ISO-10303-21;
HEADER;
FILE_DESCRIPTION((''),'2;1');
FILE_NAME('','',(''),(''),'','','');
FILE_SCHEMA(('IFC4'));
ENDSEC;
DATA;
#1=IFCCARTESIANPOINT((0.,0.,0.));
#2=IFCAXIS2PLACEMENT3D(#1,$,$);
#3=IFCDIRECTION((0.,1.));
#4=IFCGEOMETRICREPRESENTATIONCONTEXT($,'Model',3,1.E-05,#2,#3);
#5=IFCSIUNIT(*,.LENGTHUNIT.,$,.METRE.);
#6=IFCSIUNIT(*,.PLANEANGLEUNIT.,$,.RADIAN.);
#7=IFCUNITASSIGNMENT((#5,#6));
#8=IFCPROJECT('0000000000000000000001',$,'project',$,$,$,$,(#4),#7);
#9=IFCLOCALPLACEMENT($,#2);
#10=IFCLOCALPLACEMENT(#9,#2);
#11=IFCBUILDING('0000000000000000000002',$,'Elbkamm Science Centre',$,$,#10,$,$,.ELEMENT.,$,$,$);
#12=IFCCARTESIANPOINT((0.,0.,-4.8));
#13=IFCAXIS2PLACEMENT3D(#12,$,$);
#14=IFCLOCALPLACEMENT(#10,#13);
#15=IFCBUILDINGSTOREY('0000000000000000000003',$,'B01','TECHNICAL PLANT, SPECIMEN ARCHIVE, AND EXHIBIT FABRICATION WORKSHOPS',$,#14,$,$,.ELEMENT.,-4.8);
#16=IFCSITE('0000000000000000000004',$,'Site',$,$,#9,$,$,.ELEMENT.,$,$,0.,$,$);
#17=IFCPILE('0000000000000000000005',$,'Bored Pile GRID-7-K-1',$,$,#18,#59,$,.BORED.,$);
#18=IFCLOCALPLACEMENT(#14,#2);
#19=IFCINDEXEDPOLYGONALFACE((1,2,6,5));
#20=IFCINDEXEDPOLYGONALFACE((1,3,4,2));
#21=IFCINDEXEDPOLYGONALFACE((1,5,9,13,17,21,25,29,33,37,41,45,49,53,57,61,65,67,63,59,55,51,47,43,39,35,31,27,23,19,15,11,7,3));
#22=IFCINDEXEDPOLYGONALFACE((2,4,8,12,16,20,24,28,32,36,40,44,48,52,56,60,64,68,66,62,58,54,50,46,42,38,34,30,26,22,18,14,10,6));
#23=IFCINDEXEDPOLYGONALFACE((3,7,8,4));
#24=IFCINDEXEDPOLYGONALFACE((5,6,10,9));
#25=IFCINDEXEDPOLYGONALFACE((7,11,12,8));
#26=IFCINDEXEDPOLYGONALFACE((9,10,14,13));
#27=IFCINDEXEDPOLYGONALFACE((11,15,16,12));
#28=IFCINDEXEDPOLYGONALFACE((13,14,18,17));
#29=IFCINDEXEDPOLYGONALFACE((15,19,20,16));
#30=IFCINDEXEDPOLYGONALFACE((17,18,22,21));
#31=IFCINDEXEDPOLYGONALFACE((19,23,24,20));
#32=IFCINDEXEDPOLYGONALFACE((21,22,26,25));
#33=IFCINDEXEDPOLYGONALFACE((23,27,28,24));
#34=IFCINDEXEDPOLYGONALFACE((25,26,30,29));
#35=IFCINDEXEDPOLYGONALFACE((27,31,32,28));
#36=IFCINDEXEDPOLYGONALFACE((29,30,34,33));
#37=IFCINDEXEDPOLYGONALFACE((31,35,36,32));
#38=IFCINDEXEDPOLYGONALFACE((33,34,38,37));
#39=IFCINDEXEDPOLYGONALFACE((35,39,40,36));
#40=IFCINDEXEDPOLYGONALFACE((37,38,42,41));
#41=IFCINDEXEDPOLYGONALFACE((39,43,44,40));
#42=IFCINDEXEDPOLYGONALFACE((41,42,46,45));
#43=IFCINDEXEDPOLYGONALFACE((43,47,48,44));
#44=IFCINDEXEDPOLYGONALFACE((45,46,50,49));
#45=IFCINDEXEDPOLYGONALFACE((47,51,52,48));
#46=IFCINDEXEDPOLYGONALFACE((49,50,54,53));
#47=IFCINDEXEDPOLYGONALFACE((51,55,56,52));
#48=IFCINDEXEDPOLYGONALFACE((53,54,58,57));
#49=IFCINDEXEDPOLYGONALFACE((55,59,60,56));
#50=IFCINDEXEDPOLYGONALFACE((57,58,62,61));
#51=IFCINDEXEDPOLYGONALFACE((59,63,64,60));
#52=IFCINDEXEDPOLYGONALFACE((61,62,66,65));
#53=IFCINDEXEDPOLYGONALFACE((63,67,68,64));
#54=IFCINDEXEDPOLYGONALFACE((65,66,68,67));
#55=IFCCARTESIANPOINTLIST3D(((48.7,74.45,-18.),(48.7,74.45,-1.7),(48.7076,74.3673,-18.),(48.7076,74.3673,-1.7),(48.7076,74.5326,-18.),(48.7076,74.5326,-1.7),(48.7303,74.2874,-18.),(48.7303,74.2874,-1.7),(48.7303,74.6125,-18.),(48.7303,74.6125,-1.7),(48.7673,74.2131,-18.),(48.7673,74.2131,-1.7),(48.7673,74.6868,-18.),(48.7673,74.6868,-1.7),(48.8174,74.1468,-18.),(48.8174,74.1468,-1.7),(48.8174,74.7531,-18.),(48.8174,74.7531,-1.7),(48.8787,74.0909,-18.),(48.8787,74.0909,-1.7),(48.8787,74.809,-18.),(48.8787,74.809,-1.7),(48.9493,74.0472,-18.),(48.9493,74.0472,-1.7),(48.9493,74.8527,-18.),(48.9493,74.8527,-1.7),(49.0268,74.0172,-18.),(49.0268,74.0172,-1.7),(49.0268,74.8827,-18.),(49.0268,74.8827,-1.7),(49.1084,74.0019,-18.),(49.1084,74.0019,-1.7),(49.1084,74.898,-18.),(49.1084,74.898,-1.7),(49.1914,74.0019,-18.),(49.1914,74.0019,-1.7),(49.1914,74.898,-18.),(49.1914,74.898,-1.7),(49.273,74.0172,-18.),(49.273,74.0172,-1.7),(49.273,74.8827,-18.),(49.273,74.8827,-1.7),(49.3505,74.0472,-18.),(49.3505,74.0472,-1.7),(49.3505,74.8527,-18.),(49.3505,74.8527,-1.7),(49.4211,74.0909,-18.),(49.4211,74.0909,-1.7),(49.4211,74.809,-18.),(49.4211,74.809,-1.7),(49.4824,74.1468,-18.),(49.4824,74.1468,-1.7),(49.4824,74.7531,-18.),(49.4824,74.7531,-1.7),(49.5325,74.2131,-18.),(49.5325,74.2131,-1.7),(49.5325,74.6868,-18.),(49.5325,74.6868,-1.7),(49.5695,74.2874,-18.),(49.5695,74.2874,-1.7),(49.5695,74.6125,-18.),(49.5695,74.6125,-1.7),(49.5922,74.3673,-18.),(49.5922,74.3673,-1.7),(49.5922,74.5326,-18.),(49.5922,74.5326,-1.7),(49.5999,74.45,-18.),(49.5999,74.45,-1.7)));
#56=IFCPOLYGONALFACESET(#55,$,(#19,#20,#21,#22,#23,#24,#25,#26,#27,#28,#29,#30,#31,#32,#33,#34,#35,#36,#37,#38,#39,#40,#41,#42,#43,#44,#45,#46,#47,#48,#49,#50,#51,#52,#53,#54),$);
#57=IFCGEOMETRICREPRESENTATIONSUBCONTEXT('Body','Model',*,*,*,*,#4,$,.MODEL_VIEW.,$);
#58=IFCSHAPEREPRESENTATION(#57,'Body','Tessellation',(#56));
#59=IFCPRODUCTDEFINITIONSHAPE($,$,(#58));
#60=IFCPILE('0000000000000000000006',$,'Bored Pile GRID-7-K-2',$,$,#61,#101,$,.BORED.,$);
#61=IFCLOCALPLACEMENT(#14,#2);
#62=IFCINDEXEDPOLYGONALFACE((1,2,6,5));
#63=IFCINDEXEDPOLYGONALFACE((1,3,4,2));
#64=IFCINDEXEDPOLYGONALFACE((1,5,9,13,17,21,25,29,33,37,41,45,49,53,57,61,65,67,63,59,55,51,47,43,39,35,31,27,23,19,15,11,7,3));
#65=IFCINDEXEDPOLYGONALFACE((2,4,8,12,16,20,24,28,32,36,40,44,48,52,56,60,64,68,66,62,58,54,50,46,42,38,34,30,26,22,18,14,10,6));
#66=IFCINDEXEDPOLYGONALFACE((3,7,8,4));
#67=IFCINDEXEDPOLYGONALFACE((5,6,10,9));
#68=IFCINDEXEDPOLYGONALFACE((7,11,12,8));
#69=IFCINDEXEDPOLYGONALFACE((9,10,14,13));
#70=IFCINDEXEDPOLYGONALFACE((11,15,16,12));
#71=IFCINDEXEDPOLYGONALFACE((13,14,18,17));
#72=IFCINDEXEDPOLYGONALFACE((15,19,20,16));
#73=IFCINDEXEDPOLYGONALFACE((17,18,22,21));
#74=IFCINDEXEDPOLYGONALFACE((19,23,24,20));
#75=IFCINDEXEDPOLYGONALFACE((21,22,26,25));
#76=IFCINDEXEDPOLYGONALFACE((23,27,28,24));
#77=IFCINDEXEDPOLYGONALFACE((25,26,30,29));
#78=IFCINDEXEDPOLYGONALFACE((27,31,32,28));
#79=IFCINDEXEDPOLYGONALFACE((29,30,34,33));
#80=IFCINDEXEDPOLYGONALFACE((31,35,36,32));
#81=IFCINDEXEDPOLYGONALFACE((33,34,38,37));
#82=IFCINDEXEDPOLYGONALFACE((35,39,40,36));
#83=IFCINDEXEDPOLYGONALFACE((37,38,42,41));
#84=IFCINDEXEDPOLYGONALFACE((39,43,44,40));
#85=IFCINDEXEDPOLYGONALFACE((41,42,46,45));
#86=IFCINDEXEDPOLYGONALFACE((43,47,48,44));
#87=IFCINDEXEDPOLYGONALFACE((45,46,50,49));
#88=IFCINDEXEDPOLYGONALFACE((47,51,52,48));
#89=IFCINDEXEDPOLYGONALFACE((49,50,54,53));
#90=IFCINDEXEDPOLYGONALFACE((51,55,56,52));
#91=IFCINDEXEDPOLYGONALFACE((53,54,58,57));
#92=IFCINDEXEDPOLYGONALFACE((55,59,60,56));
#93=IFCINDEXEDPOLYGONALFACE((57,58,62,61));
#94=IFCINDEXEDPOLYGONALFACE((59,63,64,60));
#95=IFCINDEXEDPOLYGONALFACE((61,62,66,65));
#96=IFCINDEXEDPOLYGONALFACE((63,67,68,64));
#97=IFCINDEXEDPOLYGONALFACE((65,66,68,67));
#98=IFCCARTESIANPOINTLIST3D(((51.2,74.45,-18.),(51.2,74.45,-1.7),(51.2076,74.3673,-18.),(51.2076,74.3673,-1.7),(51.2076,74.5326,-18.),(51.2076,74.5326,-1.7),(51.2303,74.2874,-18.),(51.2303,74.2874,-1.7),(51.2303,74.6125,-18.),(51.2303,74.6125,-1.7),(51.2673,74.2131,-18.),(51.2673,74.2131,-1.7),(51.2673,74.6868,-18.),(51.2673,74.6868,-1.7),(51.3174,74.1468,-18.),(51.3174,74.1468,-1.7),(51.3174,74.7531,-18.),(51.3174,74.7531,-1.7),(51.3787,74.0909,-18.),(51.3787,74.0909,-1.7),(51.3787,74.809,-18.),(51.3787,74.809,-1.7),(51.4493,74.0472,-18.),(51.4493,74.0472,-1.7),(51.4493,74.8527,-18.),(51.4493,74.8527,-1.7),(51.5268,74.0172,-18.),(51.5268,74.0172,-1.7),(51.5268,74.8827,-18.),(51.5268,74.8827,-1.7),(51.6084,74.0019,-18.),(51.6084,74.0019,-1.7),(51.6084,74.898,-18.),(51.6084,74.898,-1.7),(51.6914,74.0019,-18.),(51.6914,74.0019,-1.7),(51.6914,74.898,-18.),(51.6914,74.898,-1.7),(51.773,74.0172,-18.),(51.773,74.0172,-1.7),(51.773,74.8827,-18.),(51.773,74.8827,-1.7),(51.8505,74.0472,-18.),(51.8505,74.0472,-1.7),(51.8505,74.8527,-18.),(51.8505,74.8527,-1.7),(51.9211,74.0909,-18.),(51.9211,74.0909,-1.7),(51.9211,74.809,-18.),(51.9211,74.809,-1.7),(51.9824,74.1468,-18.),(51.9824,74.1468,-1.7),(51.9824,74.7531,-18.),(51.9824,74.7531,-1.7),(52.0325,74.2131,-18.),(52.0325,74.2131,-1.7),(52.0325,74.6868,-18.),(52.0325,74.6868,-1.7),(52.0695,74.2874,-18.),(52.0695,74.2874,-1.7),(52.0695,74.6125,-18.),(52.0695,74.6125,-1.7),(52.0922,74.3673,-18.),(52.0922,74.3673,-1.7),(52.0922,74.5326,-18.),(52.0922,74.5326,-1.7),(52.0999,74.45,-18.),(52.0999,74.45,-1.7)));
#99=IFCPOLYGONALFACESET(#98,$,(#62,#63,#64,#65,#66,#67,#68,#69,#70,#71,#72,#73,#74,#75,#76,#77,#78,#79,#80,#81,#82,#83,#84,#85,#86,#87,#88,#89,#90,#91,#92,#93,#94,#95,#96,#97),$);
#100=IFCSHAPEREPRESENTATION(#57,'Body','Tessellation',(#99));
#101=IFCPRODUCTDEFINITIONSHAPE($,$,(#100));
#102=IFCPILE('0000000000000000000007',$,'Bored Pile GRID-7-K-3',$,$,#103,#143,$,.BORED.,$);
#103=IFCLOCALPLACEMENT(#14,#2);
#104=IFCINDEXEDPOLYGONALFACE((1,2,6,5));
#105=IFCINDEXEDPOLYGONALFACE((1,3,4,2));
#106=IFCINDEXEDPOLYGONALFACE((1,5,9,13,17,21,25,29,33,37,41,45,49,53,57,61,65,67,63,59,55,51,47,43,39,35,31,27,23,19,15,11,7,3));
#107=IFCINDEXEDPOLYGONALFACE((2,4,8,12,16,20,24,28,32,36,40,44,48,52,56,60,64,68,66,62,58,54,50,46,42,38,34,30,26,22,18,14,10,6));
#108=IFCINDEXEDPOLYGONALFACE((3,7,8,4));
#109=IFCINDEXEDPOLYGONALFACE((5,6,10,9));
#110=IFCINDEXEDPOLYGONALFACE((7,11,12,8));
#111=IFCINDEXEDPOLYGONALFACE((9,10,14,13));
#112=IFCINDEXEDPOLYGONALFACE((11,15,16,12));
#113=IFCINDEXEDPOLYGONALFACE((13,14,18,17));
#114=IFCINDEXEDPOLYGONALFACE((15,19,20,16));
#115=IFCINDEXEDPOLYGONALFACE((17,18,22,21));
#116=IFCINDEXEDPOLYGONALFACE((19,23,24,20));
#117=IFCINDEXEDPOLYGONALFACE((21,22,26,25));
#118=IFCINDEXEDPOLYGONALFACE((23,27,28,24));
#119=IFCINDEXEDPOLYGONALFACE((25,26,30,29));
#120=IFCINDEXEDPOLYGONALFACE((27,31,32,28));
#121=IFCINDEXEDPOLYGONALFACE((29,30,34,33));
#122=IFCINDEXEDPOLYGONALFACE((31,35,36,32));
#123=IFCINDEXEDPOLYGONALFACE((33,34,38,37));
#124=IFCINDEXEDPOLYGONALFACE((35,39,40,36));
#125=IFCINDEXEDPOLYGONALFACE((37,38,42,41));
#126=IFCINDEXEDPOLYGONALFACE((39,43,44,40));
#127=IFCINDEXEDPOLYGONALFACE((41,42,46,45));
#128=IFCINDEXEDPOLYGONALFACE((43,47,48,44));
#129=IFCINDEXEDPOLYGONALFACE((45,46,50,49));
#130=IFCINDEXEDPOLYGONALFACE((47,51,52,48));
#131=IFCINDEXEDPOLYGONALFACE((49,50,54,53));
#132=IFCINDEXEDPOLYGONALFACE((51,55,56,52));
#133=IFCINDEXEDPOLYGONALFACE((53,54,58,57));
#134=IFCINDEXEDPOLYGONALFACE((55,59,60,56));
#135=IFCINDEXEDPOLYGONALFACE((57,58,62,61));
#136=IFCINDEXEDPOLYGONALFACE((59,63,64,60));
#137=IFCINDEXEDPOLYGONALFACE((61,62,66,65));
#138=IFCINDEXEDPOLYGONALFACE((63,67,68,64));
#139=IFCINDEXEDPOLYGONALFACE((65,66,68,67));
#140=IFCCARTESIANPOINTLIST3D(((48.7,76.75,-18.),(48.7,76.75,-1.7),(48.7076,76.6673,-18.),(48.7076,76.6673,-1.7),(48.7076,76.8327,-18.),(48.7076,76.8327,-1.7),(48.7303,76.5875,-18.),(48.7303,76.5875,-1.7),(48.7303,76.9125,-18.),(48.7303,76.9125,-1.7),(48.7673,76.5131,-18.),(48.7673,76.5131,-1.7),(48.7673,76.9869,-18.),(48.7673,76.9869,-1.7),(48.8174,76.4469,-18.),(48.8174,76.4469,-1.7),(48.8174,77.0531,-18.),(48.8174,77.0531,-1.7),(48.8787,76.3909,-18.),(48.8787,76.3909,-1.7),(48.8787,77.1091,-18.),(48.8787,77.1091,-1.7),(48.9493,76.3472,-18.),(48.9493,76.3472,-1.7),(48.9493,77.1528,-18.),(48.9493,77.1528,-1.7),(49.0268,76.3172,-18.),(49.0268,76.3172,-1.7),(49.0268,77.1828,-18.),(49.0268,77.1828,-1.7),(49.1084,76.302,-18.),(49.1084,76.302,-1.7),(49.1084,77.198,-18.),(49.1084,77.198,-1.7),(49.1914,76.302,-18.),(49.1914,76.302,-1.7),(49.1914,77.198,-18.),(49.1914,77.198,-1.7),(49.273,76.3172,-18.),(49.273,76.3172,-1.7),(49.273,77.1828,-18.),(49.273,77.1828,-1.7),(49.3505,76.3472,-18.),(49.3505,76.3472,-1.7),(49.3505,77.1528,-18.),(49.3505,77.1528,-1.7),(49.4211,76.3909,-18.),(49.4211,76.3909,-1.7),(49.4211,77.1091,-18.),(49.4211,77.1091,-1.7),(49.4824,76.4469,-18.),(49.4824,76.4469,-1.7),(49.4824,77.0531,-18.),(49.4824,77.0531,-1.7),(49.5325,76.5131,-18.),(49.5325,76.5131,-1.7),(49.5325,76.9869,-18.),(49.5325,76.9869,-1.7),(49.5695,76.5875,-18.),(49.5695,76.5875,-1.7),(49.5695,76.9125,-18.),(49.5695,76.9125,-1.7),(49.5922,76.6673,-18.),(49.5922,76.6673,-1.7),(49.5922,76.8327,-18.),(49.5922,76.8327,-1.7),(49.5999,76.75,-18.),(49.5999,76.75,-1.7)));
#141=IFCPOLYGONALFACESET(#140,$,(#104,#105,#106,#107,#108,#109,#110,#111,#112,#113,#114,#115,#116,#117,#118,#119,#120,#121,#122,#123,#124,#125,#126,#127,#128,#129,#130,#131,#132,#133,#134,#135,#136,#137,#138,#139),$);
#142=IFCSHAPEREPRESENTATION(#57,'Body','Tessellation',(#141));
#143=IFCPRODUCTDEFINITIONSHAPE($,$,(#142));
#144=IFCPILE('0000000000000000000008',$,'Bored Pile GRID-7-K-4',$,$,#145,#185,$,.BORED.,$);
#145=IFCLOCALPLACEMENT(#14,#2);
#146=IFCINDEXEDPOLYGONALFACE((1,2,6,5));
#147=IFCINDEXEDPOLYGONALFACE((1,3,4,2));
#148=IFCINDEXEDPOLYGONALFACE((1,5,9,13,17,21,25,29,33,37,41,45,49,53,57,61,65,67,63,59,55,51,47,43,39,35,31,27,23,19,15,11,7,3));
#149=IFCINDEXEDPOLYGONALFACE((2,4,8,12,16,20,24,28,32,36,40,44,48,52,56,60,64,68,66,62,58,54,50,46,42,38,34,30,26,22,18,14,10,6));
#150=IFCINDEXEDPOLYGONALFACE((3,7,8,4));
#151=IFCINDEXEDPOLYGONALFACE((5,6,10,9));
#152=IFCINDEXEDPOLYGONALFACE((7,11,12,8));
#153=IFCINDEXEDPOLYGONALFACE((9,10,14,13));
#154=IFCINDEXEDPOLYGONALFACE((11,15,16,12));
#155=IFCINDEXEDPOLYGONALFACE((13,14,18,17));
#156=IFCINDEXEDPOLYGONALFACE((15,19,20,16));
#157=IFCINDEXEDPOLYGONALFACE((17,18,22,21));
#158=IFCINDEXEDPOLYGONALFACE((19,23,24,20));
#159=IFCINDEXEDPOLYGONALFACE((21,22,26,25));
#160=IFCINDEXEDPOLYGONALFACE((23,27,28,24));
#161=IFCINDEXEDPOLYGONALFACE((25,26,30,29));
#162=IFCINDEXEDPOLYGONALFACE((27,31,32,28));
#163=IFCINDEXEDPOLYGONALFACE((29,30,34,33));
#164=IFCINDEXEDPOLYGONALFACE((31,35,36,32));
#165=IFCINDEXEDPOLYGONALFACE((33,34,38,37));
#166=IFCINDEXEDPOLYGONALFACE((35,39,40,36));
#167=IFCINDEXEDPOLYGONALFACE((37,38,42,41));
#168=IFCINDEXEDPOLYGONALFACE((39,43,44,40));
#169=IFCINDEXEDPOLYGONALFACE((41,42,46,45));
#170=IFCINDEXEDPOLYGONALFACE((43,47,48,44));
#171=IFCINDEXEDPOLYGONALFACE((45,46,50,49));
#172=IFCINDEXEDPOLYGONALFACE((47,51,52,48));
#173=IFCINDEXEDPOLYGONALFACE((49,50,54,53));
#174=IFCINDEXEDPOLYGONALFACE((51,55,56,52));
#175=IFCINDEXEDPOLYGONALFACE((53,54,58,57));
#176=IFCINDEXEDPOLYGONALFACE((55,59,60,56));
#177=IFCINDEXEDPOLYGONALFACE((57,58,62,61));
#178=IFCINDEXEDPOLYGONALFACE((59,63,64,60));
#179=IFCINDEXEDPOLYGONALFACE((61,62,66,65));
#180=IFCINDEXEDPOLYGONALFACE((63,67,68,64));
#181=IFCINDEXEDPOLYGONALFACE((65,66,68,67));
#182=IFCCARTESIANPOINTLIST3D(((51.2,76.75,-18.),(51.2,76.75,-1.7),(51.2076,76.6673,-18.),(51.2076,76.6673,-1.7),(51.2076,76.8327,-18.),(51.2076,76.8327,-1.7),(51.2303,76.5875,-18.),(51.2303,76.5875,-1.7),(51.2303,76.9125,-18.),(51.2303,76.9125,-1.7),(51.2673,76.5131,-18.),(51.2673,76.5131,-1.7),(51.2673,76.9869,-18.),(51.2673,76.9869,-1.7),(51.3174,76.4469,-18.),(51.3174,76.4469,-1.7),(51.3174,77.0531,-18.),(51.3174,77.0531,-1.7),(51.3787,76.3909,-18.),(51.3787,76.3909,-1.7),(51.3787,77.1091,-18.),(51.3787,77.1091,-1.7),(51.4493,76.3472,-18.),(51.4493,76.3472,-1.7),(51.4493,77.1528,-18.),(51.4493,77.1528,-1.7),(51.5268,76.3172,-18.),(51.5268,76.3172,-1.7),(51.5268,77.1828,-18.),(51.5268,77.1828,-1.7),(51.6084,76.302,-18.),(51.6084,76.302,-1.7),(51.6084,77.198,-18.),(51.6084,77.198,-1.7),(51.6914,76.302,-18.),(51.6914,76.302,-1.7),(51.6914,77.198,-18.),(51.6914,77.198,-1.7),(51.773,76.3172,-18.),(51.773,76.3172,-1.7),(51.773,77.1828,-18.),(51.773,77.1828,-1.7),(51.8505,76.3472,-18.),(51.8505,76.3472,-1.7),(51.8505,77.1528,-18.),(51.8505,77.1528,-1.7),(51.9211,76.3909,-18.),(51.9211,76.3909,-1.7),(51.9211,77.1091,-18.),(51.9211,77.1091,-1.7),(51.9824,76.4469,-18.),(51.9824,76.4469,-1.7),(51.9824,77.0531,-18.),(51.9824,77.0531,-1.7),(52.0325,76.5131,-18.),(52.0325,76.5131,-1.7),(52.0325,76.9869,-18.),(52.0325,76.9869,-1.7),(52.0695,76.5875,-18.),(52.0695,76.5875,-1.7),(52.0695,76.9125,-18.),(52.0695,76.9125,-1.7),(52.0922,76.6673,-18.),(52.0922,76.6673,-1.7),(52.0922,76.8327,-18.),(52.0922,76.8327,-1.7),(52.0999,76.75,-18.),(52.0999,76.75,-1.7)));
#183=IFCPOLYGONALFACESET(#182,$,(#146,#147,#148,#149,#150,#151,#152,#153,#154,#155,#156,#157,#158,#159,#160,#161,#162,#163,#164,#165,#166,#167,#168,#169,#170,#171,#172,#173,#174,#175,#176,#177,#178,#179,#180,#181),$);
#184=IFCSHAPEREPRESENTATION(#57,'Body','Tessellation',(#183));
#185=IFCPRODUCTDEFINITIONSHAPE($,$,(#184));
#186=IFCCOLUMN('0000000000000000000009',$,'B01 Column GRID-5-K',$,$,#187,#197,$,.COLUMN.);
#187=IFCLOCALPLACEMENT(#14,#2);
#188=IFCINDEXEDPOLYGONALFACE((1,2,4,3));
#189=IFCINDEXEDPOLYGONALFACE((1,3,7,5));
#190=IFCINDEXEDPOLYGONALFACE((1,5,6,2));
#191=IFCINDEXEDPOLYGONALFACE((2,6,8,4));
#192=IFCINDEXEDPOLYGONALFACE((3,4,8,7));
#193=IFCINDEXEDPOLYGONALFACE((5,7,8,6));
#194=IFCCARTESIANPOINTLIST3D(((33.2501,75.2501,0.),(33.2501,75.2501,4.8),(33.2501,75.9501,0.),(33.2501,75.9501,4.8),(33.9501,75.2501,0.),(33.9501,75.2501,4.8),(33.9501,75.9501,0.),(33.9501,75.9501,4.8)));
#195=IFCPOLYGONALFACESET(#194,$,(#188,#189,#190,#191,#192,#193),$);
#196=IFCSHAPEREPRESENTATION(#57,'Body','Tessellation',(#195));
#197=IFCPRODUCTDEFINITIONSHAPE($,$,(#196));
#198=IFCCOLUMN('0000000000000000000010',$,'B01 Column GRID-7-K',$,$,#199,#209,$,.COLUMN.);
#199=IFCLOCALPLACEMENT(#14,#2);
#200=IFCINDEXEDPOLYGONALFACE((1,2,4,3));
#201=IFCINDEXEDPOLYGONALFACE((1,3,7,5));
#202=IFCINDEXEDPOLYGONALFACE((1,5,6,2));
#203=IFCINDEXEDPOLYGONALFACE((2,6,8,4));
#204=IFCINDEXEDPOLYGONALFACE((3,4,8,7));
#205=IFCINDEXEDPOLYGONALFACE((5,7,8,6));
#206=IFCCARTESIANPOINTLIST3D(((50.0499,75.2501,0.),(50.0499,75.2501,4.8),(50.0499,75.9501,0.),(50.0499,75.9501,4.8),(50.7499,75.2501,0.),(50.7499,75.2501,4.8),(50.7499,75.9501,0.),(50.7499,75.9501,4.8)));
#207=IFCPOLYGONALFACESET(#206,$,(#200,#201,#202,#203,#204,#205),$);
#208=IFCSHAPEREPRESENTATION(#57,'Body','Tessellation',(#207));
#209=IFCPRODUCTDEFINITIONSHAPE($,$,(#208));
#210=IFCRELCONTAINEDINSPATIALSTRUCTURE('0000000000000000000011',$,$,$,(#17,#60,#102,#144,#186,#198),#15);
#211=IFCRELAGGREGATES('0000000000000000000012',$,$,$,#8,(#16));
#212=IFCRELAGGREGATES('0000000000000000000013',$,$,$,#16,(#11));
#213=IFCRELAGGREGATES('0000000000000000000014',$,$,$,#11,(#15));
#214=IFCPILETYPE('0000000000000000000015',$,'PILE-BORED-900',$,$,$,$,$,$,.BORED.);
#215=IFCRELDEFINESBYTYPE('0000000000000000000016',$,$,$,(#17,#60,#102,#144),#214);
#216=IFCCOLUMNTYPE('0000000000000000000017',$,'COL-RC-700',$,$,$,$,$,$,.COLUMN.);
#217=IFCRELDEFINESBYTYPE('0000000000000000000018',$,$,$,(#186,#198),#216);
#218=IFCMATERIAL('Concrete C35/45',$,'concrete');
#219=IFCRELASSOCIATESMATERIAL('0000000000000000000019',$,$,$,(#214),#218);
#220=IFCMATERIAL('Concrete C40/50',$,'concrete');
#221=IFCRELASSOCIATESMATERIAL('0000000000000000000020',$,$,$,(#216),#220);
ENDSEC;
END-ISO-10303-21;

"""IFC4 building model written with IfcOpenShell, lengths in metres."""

from ifc_helpers import new_model, si_unit, direction, frame, origin, origin_2d, place, context, subcontext, project, spatial, rectangle, circle, extrude, material, material_profile, profile_set, type_object, element, save


model = new_model("IFC4")

# Units and contexts
model_context = context("Model", 3, precision=1e-05, world=origin(), true_north=direction((0.0, 1.0)))
body_context = subcontext(model_context, "Body", "Model", "MODEL_VIEW")
ifc_project = project(units=[si_unit("LENGTHUNIT", "METRE"), si_unit("PLANEANGLEUNIT", "RADIAN")], contexts=[model_context])

# Site, building, storey
site_placement = place(None, origin())
site = spatial("IfcSite", under=ifc_project, at=site_placement, Name="Site", CompositionType="ELEMENT", RefElevation=0.0)
building_placement = place(site_placement, origin())
building = spatial("IfcBuilding", under=site, at=building_placement, Name="Elbkamm Science Centre", CompositionType="ELEMENT")
storey_placement = place(building_placement, frame((0.0, 0.0, -4.8)))
storey = spatial("IfcBuildingStorey", under=building, at=storey_placement, Name="B01", Description="TECHNICAL PLANT, SPECIMEN ARCHIVE, AND EXHIBIT FABRICATION WORKSHOPS", CompositionType="ELEMENT", Elevation=-4.8)

# Shared definitions
ifc_material_1 = material(Name="Concrete C35/45", Category="concrete")

# Piles
ifc_material_profile_1 = material_profile(ifc_material_1, circle(Radius=0.45, at=origin_2d()), Name="PILE D900")
ifc_profile_set_1 = profile_set([ifc_material_profile_1], Name="Concrete C35/45")
pile_type_1 = type_object("IfcPileType", Name="PILE-BORED-900", PredefinedType="BORED", material=ifc_profile_set_1)
for number, where, z_axis, x_axis, name in (
    (1, (49.1499, 74.45, -1.7), (0.0, 0.0, -1.0), (1.0, 0.0, 0.0), "Bored Pile GRID-7-K-1"),
    (2, (51.6499, 74.45, -1.7), (0.0, 0.0, -1.0), (1.0, 0.0, 0.0), "Bored Pile GRID-7-K-2"),
    (3, (49.1499, 76.75, -1.7), (0.0, 0.0, -1.0), (1.0, 0.0, 0.0), "Bored Pile GRID-7-K-3"),
    (4, (51.6499, 76.75, -1.7), (0.0, 0.0, -1.0), (1.0, 0.0, 0.0), "Bored Pile GRID-7-K-4"),
):
    element("IfcPile", number, at=place(storey_placement, frame(where, z_axis=z_axis, x_axis=x_axis)), inside=storey, type_object=pile_type_1, Name=name, PredefinedType="BORED", context=body_context, shape_type="SweptSolid", body=[
        extrude(circle(Radius=0.45, at=origin_2d()), origin(), (0.0, 0.0, 1.0), 16.3),
    ])

# Columns
ifc_material_2 = material(Name="Concrete C40/50", Category="concrete")
ifc_material_profile_2 = material_profile(ifc_material_2, rectangle(XDim=0.7, YDim=0.7, at=origin_2d()), Name="RC 700x700")
ifc_profile_set_2 = profile_set([ifc_material_profile_2], Name="Concrete C40/50")
column_type_1 = type_object("IfcColumnType", Name="COL-RC-700", PredefinedType="COLUMN", material=ifc_profile_set_2)
for number, where, z_axis, x_axis, name in (
    (5, (33.6001, 75.6001, 0.0), (0.0, 0.0, 1.0), (1.0, 0.0, 0.0), "B01 Column GRID-5-K"),
    (6, (50.3999, 75.6001, 0.0), (0.0, 0.0, 1.0), (1.0, 0.0, 0.0), "B01 Column GRID-7-K"),
):
    element("IfcColumn", number, at=place(storey_placement, frame(where, z_axis=z_axis, x_axis=x_axis)), inside=storey, type_object=column_type_1, Name=name, PredefinedType="COLUMN", context=body_context, shape_type="SweptSolid", body=[
        extrude(rectangle(XDim=0.7, YDim=0.7, at=origin_2d()), origin(), (0.0, 0.0, 1.0), 4.8),
    ])

save(model, "model.ifc")
